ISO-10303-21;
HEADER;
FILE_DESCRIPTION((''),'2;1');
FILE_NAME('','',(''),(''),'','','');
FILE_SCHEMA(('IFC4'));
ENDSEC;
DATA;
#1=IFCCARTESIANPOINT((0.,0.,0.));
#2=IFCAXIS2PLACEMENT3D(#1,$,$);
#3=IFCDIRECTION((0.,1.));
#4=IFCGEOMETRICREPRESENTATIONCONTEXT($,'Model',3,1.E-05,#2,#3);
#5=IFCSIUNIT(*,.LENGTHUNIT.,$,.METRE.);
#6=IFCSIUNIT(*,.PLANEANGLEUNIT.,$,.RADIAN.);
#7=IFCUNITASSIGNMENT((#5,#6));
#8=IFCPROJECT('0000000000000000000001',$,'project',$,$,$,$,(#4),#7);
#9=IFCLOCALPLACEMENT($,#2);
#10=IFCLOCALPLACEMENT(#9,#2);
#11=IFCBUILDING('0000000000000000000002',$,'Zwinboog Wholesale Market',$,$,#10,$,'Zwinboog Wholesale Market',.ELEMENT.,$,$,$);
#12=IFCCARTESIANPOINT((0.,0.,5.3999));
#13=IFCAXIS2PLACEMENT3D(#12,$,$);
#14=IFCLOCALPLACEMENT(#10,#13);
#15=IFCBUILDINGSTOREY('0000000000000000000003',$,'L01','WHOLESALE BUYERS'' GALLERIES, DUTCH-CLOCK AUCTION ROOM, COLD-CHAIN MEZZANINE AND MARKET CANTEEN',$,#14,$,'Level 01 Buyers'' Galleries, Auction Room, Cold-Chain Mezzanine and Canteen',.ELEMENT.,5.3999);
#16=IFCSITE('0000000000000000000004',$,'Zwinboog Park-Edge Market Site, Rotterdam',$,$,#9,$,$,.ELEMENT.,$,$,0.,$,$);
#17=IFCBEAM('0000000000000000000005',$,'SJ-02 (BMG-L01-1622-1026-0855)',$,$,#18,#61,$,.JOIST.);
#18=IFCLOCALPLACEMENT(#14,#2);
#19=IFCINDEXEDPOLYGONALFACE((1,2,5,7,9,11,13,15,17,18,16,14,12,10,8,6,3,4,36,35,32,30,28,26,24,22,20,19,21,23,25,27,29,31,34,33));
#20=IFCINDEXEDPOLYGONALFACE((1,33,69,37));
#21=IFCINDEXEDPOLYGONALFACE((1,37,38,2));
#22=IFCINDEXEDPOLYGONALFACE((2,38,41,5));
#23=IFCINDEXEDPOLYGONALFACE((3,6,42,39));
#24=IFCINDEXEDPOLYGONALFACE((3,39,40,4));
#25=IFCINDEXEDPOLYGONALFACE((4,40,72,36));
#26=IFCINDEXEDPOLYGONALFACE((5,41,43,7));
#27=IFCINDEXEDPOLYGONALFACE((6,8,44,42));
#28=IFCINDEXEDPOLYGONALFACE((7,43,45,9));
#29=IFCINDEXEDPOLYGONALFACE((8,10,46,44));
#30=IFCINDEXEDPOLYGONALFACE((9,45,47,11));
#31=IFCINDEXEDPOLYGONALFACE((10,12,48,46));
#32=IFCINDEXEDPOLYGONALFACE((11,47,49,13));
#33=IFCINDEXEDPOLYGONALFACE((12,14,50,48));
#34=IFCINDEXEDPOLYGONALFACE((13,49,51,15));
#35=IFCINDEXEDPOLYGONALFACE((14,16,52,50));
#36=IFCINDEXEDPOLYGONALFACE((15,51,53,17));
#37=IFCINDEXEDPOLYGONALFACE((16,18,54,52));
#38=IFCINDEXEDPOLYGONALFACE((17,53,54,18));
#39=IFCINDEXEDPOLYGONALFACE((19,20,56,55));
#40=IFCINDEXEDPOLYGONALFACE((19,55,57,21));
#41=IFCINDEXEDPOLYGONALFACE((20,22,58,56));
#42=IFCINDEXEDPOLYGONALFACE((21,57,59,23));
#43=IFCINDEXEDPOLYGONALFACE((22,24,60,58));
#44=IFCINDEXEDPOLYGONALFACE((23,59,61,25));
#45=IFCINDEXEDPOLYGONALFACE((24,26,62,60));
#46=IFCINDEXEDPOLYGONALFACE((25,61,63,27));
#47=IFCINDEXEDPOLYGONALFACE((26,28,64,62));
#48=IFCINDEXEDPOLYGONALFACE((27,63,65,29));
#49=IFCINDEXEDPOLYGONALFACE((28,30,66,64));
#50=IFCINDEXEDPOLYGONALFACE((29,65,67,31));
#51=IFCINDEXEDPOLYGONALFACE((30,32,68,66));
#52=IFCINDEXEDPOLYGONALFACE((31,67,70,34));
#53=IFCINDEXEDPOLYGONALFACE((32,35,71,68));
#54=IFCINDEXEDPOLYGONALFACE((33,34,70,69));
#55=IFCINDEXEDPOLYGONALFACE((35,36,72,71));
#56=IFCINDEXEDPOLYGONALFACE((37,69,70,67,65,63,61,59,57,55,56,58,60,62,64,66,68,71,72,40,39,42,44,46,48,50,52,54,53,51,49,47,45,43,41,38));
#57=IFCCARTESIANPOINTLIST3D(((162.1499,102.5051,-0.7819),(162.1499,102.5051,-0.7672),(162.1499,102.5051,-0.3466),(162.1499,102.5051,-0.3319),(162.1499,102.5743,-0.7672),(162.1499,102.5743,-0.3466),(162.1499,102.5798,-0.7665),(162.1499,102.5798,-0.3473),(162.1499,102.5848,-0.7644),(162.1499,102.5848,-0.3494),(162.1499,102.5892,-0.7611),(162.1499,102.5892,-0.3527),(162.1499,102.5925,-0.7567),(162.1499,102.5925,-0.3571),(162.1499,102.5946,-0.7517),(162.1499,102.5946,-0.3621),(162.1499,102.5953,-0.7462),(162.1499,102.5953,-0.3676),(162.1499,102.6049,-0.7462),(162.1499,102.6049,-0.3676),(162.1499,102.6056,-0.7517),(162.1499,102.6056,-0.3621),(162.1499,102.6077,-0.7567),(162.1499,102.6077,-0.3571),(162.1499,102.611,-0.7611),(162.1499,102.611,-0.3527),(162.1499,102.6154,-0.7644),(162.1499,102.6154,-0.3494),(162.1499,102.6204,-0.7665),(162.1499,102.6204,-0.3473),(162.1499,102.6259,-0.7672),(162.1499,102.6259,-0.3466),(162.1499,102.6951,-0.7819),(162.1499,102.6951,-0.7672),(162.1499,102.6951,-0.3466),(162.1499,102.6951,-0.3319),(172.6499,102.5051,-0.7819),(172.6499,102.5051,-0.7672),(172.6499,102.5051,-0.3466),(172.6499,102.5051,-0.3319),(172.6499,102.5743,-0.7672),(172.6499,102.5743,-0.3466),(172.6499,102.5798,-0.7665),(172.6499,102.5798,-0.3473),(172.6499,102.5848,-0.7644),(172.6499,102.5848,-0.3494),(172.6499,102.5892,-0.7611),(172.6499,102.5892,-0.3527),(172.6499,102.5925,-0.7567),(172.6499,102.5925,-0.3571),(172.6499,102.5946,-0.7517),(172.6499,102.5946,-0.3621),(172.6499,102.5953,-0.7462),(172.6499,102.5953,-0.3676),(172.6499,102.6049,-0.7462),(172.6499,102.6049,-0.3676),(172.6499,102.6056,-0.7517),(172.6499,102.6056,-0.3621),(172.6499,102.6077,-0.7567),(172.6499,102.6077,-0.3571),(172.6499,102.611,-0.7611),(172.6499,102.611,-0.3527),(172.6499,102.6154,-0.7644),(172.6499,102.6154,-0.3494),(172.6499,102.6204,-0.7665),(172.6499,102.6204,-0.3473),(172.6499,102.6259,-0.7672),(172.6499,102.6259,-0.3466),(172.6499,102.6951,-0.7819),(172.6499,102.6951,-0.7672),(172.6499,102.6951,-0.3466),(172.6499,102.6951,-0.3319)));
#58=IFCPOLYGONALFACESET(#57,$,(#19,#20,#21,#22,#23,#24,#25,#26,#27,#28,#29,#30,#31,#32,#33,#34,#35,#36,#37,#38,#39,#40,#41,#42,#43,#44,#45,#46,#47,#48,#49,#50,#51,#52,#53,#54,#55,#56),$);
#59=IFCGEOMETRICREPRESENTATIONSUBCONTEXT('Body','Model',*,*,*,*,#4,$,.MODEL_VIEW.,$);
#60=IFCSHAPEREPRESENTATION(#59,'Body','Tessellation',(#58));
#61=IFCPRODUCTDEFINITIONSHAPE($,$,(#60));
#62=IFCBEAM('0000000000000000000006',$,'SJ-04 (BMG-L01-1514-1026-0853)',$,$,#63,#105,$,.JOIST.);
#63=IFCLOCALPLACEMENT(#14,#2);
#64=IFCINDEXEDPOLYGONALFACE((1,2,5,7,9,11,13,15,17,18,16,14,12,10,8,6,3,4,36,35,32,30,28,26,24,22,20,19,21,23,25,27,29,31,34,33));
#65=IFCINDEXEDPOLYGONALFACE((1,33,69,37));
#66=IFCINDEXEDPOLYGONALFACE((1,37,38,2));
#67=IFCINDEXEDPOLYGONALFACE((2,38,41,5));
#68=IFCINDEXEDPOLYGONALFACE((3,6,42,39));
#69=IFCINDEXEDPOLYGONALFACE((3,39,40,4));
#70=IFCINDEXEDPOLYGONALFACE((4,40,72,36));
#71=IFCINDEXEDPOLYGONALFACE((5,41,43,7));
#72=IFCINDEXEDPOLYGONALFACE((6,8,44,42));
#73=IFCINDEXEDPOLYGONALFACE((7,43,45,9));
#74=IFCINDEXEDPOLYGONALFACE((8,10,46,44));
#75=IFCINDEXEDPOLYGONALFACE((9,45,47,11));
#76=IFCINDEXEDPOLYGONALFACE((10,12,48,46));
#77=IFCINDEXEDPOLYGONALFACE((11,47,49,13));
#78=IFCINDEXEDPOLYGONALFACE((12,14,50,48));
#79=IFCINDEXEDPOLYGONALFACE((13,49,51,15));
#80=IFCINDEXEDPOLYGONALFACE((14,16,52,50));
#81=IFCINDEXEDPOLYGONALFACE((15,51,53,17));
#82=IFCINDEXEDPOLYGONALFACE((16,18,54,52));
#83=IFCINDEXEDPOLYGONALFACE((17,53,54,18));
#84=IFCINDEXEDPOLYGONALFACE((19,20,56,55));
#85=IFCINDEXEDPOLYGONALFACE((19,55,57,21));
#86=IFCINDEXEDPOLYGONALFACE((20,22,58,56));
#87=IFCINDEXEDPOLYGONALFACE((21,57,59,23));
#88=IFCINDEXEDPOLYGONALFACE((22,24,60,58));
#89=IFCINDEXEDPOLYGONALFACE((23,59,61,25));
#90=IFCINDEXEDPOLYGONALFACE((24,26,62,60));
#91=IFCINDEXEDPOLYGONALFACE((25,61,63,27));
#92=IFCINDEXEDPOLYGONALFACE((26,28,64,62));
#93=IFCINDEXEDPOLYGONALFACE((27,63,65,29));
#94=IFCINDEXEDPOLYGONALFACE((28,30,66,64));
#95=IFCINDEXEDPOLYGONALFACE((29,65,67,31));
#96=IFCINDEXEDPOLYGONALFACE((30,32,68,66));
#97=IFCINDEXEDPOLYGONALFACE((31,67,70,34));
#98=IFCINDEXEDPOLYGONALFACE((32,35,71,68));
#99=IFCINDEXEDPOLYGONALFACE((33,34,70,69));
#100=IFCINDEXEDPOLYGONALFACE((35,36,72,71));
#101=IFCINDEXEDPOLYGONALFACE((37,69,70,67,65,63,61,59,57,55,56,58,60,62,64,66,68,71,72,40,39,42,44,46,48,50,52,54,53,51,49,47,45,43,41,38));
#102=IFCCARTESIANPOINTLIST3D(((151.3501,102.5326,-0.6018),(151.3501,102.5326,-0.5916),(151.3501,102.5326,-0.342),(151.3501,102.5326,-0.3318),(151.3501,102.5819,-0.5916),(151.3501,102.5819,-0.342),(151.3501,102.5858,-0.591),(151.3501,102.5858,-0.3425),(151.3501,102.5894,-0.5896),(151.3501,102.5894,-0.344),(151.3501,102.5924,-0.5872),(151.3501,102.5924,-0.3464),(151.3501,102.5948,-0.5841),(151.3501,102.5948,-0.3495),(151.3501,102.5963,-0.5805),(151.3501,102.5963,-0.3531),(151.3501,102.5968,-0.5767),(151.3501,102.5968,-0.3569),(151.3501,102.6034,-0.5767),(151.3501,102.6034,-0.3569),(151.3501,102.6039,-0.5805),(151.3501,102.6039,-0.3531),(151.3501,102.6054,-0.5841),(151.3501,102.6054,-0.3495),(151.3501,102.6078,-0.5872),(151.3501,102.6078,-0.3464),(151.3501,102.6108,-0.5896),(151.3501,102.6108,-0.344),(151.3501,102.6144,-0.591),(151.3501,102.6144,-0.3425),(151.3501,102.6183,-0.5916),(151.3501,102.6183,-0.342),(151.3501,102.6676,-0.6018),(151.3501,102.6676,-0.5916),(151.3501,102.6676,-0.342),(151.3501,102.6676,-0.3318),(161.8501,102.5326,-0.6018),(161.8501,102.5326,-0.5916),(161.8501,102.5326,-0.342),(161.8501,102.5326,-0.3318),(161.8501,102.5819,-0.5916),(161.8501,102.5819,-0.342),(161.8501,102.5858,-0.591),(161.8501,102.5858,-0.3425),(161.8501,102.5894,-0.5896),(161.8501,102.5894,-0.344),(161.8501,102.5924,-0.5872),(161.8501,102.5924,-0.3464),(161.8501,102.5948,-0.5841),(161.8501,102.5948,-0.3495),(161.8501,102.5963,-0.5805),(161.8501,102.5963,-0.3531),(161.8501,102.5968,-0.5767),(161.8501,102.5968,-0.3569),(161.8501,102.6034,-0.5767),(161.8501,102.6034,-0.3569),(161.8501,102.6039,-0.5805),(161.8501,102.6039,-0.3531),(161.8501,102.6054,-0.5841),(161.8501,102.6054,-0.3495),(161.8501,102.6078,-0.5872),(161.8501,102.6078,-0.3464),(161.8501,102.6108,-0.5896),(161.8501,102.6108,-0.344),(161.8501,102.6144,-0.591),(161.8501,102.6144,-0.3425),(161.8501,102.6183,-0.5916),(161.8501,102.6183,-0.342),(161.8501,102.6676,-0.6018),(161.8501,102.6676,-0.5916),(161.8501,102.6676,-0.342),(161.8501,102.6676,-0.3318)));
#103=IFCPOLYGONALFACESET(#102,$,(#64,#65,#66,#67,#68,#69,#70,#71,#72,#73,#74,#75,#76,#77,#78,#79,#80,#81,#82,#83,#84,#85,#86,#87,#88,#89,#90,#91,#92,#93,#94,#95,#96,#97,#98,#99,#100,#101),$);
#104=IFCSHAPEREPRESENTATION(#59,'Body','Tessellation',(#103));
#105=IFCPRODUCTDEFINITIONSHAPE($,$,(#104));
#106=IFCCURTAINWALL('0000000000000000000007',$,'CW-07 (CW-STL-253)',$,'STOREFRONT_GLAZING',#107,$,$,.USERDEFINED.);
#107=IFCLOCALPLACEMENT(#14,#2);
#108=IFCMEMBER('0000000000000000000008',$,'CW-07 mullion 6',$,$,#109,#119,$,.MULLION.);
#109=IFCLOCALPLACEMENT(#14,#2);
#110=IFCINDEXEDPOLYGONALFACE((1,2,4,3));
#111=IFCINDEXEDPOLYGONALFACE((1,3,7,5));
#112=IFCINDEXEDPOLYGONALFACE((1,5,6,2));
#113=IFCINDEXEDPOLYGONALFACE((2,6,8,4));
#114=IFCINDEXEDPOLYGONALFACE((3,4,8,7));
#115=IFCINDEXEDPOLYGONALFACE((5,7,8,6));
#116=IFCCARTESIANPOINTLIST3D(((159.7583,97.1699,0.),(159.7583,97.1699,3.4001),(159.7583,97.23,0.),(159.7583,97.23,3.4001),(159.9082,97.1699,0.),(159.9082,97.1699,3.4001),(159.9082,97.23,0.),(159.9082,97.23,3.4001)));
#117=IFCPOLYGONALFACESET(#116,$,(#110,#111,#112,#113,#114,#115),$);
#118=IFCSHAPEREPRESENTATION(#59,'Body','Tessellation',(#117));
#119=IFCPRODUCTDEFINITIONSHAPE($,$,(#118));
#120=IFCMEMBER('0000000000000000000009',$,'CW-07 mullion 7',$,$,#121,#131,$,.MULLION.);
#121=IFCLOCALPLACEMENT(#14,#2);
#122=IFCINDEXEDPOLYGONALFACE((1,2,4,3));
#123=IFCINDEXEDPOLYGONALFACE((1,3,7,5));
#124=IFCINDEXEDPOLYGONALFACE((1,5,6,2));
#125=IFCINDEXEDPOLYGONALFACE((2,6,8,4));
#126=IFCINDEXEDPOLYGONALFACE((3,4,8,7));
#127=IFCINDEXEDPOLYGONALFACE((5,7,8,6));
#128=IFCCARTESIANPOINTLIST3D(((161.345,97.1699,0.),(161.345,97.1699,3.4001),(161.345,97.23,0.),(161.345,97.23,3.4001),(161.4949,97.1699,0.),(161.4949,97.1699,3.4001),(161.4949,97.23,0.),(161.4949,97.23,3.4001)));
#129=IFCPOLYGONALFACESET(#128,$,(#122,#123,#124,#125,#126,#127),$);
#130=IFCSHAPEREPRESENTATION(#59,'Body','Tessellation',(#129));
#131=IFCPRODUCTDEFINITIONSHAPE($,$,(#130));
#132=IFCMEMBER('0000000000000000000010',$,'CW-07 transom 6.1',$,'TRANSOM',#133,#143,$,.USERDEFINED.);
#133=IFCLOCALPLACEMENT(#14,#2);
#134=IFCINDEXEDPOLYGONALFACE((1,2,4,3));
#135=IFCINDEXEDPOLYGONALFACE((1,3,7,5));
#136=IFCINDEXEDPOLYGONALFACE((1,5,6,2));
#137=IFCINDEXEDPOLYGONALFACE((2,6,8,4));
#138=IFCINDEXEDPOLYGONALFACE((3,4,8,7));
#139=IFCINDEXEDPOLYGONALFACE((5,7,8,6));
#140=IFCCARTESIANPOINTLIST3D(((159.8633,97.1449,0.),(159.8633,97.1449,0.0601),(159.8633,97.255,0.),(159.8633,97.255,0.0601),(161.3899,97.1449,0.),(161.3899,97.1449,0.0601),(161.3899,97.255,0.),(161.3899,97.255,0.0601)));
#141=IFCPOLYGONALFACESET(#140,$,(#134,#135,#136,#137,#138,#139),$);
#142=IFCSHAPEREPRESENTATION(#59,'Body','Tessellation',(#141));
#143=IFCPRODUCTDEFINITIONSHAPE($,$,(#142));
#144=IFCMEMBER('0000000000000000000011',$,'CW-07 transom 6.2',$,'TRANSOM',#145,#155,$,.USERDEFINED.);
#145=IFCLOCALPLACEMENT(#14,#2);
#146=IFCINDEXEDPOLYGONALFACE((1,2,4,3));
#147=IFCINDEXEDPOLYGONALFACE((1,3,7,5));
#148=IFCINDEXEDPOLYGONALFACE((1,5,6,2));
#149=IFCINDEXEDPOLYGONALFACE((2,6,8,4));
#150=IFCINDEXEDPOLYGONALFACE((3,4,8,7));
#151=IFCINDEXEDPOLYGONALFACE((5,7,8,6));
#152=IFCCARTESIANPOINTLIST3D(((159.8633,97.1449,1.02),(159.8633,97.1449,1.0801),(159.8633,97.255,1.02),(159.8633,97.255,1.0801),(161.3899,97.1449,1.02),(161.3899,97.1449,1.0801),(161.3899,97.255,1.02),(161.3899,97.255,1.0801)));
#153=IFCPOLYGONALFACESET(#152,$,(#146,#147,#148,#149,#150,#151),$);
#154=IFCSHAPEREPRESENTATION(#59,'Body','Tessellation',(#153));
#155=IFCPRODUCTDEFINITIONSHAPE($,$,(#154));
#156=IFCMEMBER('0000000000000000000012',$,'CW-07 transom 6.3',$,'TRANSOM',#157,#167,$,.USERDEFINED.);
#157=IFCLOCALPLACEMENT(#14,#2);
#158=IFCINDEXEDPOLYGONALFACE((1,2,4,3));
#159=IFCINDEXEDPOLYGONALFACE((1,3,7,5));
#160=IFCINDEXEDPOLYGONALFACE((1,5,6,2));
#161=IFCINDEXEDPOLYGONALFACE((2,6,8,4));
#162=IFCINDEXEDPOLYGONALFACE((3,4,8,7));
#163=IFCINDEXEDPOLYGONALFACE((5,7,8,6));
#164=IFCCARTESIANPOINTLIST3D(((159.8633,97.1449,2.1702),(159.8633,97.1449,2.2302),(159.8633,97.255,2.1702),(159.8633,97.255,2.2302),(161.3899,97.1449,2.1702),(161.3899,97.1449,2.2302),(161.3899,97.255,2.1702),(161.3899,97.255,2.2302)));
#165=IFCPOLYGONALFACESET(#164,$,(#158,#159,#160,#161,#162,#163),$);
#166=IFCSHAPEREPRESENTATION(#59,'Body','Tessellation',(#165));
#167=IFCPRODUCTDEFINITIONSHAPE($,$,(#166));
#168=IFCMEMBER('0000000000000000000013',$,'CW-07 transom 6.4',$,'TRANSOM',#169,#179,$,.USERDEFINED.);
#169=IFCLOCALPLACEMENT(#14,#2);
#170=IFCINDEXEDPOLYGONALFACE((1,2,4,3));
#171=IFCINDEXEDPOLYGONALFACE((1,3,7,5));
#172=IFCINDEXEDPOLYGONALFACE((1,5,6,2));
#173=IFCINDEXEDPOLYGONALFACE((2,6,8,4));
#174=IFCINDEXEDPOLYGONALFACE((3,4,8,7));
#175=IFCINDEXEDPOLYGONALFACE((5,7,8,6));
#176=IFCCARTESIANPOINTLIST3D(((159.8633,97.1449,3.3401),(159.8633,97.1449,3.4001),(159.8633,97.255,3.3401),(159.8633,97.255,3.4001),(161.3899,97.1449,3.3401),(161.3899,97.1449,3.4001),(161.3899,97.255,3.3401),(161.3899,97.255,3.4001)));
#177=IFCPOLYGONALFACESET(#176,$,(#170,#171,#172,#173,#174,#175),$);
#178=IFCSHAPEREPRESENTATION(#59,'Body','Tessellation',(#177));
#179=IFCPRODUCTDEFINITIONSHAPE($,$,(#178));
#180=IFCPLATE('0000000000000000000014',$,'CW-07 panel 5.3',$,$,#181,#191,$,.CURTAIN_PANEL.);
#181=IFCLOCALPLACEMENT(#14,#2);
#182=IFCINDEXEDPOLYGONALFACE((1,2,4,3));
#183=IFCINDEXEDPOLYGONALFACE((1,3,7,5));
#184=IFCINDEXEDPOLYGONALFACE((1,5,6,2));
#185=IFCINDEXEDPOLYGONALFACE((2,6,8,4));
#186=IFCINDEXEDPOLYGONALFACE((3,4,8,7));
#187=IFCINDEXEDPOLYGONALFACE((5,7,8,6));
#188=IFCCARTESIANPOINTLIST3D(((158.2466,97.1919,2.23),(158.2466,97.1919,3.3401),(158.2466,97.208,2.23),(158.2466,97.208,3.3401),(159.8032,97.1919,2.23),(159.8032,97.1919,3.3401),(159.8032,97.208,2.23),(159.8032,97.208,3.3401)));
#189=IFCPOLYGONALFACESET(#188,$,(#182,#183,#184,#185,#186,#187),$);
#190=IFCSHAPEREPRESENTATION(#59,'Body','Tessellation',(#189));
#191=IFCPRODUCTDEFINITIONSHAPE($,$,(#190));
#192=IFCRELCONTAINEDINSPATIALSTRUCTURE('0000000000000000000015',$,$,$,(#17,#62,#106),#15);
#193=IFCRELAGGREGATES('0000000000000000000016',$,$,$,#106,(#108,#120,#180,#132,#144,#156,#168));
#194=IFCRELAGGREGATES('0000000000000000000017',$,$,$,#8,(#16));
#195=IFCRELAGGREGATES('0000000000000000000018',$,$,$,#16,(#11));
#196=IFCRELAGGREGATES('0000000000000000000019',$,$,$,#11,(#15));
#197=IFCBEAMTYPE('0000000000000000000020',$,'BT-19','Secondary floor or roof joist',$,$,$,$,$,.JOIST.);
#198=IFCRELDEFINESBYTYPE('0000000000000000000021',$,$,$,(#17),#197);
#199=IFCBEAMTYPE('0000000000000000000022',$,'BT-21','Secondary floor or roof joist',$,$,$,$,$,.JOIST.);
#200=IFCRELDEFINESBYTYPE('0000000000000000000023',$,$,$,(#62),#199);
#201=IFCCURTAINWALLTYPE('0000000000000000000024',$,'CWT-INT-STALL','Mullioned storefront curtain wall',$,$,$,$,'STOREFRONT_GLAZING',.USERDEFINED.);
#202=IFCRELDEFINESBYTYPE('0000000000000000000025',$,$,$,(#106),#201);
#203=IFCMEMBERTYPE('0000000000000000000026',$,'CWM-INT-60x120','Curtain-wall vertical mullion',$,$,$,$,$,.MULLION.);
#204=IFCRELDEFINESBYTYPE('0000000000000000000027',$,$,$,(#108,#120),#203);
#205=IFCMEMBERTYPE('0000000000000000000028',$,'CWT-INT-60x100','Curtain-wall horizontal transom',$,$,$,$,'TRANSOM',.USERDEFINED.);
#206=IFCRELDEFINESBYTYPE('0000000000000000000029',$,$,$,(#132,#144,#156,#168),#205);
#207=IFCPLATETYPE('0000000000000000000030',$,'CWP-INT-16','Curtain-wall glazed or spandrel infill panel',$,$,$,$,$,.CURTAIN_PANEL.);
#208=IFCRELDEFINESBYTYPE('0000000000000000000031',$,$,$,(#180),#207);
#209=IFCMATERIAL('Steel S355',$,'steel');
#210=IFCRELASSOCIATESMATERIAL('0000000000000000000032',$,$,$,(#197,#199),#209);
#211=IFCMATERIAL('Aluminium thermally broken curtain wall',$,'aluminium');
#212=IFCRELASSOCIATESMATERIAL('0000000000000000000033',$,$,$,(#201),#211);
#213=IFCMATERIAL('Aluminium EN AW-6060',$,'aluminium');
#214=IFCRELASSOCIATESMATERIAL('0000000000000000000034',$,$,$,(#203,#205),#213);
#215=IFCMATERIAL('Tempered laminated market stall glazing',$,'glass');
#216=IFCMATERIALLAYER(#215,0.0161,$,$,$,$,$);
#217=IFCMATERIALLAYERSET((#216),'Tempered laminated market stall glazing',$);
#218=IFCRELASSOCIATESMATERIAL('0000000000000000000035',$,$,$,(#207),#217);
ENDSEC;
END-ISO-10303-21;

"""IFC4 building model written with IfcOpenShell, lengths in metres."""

from ifc_helpers import new_model, si_unit, direction, frame, origin, origin_2d, place, context, subcontext, project, spatial, rectangle, i_section, extrude, material, layer, layer_set, material_profile, profile_set, type_object, element, aggregate, save


model = new_model("IFC4")

# Units and contexts
model_context = context("Model", 3, precision=1e-05, world=origin(), true_north=direction((0.0, 1.0)))
body_context = subcontext(model_context, "Body", "Model", "MODEL_VIEW")
ifc_project = project(units=[si_unit("LENGTHUNIT", "METRE"), si_unit("PLANEANGLEUNIT", "RADIAN")], contexts=[model_context])

# Site, building, storey
site_placement = place(None, origin())
site = spatial("IfcSite", under=ifc_project, at=site_placement, Name="Zwinboog Park-Edge Market Site, Rotterdam", CompositionType="ELEMENT", RefElevation=0.0)
building_placement = place(site_placement, origin())
building = spatial("IfcBuilding", under=site, at=building_placement, Name="Zwinboog Wholesale Market", LongName="Zwinboog Wholesale Market", CompositionType="ELEMENT")
storey_placement = place(building_placement, frame((0.0, 0.0, 5.3999)))
storey = spatial("IfcBuildingStorey", under=building, at=storey_placement, Name="L01", Description="WHOLESALE BUYERS' GALLERIES, DUTCH-CLOCK AUCTION ROOM, COLD-CHAIN MEZZANINE AND MARKET CANTEEN", LongName="Level 01 Buyers' Galleries, Auction Room, Cold-Chain Mezzanine and Canteen", CompositionType="ELEMENT", Elevation=5.3999)

# Beams
ifc_material_1 = material(Name="Steel S355", Category="steel")
ifc_material_profile_1 = material_profile(ifc_material_1, i_section(OverallWidth=0.1899, OverallDepth=0.45, WebThickness=0.0095, FlangeThickness=0.0146, FilletRadius=0.021, at=origin_2d()), Name="IPE 450")
ifc_profile_set_1 = profile_set([ifc_material_profile_1], Name="Steel S355")
beam_type_1 = type_object("IfcBeamType", Name="BT-19", Description="Secondary floor or roof joist", PredefinedType="JOIST", material=ifc_profile_set_1)
beam_1_placement = place(storey_placement, frame((162.1499, 102.6001, -0.5569), z_axis=(1.0, 0.0, 0.0), x_axis=(0.0, 1.0, 0.0)))
element("IfcBeam", 1, at=beam_1_placement, inside=storey, type_object=beam_type_1, Name="SJ-02 (BMG-L01-1622-1026-0855)", PredefinedType="JOIST", context=body_context, shape_type="SweptSolid", body=[
    extrude(i_section(OverallWidth=0.1899, OverallDepth=0.45, WebThickness=0.0095, FlangeThickness=0.0146, FilletRadius=0.021, at=origin_2d()), origin(), (0.0, 0.0, 1.0), 10.5),
])
ifc_material_profile_2 = material_profile(ifc_material_1, i_section(OverallWidth=0.135, OverallDepth=0.27, WebThickness=0.0066, FlangeThickness=0.0103, FilletRadius=0.0149, at=origin_2d()), Name="IPE 270")
ifc_profile_set_2 = profile_set([ifc_material_profile_2], Name="Steel S355")
beam_type_2 = type_object("IfcBeamType", Name="BT-21", Description="Secondary floor or roof joist", PredefinedType="JOIST", material=ifc_profile_set_2)
beam_2_placement = place(storey_placement, frame((151.3501, 102.6001, -0.4668), z_axis=(1.0, 0.0, 0.0), x_axis=(0.0, 1.0, 0.0)))
element("IfcBeam", 2, at=beam_2_placement, inside=storey, type_object=beam_type_2, Name="SJ-04 (BMG-L01-1514-1026-0853)", PredefinedType="JOIST", context=body_context, shape_type="SweptSolid", body=[
    extrude(i_section(OverallWidth=0.135, OverallDepth=0.27, WebThickness=0.0066, FlangeThickness=0.0103, FilletRadius=0.0149, at=origin_2d()), origin(), (0.0, 0.0, 1.0), 10.5),
])

# Curtain wall, members, plate
ifc_material_2 = material(Name="Aluminium thermally broken curtain wall", Category="aluminium")
curtain_wall_type = type_object("IfcCurtainWallType", Name="CWT-INT-STALL", Description="Mullioned storefront curtain wall", ElementType="STOREFRONT_GLAZING", PredefinedType="USERDEFINED", material=ifc_material_2)
curtain_wall_placement = place(storey_placement, origin())
curtain_wall = element("IfcCurtainWall", 3, at=curtain_wall_placement, inside=storey, type_object=curtain_wall_type, Name="CW-07 (CW-STL-253)", ObjectType="STOREFRONT_GLAZING", PredefinedType="USERDEFINED")
ifc_material_3 = material(Name="Aluminium EN AW-6060", Category="aluminium")
ifc_material_profile_3 = material_profile(ifc_material_3, rectangle(XDim=0.0601, YDim=0.1499, at=origin_2d()), Name="AL 60x150")
ifc_profile_set_3 = profile_set([ifc_material_profile_3], Name="Aluminium EN AW-6060")
member_type_1 = type_object("IfcMemberType", Name="CWM-INT-60x120", Description="Curtain-wall vertical mullion", PredefinedType="MULLION", material=ifc_profile_set_3)
member_1_placement = place(storey_placement, frame((159.8333, 97.2, 0.0), z_axis=(0.0, 0.0, 1.0), x_axis=(0.0, 1.0, 0.0)))
member_1 = element("IfcMember", 4, at=member_1_placement, type_object=member_type_1, Name="CW-07 mullion 6", PredefinedType="MULLION", context=body_context, shape_type="SweptSolid", body=[
    extrude(rectangle(XDim=0.0601, YDim=0.1499, at=origin_2d()), origin(), (0.0, 0.0, 1.0), 3.4001),
])
member_2_placement = place(storey_placement, frame((161.4199, 97.2, 0.0), z_axis=(0.0, 0.0, 1.0), x_axis=(0.0, 1.0, 0.0)))
member_2 = element("IfcMember", 5, at=member_2_placement, type_object=member_type_1, Name="CW-07 mullion 7", PredefinedType="MULLION", context=body_context, shape_type="SweptSolid", body=[
    extrude(rectangle(XDim=0.0601, YDim=0.1499, at=origin_2d()), origin(), (0.0, 0.0, 1.0), 3.4001),
])
ifc_material_profile_4 = material_profile(ifc_material_3, rectangle(XDim=0.1101, YDim=0.0601, at=origin_2d()), Name="AL 60x110")
ifc_profile_set_4 = profile_set([ifc_material_profile_4], Name="Aluminium EN AW-6060")
member_type_2 = type_object("IfcMemberType", Name="CWT-INT-60x100", Description="Curtain-wall horizontal transom", ElementType="TRANSOM", PredefinedType="USERDEFINED", material=ifc_profile_set_4)
member_3_placement = place(storey_placement, frame((159.8633, 97.2, 0.03), z_axis=(1.0, 0.0, 0.0), x_axis=(0.0, 1.0, 0.0)))
member_3 = element("IfcMember", 6, at=member_3_placement, type_object=member_type_2, Name="CW-07 transom 6.1", ObjectType="TRANSOM", PredefinedType="USERDEFINED", context=body_context, shape_type="SweptSolid", body=[
    extrude(rectangle(XDim=0.1101, YDim=0.0601, at=origin_2d()), origin(), (0.0, 0.0, 1.0), 1.5266),
])
member_4_placement = place(storey_placement, frame((159.8633, 97.2, 1.05), z_axis=(1.0, 0.0, 0.0), x_axis=(0.0, 1.0, 0.0)))
member_4 = element("IfcMember", 7, at=member_4_placement, type_object=member_type_2, Name="CW-07 transom 6.2", ObjectType="TRANSOM", PredefinedType="USERDEFINED", context=body_context, shape_type="SweptSolid", body=[
    extrude(rectangle(XDim=0.1101, YDim=0.0601, at=origin_2d()), origin(), (0.0, 0.0, 1.0), 1.5266),
])
member_5_placement = place(storey_placement, frame((159.8633, 97.2, 2.2002), z_axis=(1.0, 0.0, 0.0), x_axis=(0.0, 1.0, 0.0)))
member_5 = element("IfcMember", 8, at=member_5_placement, type_object=member_type_2, Name="CW-07 transom 6.3", ObjectType="TRANSOM", PredefinedType="USERDEFINED", context=body_context, shape_type="SweptSolid", body=[
    extrude(rectangle(XDim=0.1101, YDim=0.0601, at=origin_2d()), origin(), (0.0, 0.0, 1.0), 1.5266),
])
member_6_placement = place(storey_placement, frame((159.8633, 97.2, 3.3701), z_axis=(1.0, 0.0, 0.0), x_axis=(0.0, 1.0, 0.0)))
member_6 = element("IfcMember", 9, at=member_6_placement, type_object=member_type_2, Name="CW-07 transom 6.4", ObjectType="TRANSOM", PredefinedType="USERDEFINED", context=body_context, shape_type="SweptSolid", body=[
    extrude(rectangle(XDim=0.1101, YDim=0.0601, at=origin_2d()), origin(), (0.0, 0.0, 1.0), 1.5266),
])
ifc_material_4 = material(Name="Tempered laminated market stall glazing", Category="glass")
ifc_layer_1 = layer(ifc_material_4, 0.0161)
ifc_layer_set_1 = layer_set([ifc_layer_1], Name="Tempered laminated market stall glazing")
plate_type = type_object("IfcPlateType", Name="CWP-INT-16", Description="Curtain-wall glazed or spandrel infill panel", PredefinedType="CURTAIN_PANEL", material=ifc_layer_set_1)
plate_1_placement = place(storey_placement, frame((159.0249, 97.2, 2.23), z_axis=(0.0, 0.0, 1.0), x_axis=(1.0, 0.0, 0.0)))
plate_1 = element("IfcPlate", 10, at=plate_1_placement, type_object=plate_type, Name="CW-07 panel 5.3", PredefinedType="CURTAIN_PANEL", context=body_context, shape_type="SweptSolid", body=[
    extrude(rectangle(XDim=1.5566, YDim=0.0161, at=origin_2d()), origin(), (0.0, 0.0, 1.0), 1.1101),
])
aggregate(curtain_wall, [member_1, member_2, plate_1, member_3, member_4, member_5, member_6])

save(model, "model.ifc")
